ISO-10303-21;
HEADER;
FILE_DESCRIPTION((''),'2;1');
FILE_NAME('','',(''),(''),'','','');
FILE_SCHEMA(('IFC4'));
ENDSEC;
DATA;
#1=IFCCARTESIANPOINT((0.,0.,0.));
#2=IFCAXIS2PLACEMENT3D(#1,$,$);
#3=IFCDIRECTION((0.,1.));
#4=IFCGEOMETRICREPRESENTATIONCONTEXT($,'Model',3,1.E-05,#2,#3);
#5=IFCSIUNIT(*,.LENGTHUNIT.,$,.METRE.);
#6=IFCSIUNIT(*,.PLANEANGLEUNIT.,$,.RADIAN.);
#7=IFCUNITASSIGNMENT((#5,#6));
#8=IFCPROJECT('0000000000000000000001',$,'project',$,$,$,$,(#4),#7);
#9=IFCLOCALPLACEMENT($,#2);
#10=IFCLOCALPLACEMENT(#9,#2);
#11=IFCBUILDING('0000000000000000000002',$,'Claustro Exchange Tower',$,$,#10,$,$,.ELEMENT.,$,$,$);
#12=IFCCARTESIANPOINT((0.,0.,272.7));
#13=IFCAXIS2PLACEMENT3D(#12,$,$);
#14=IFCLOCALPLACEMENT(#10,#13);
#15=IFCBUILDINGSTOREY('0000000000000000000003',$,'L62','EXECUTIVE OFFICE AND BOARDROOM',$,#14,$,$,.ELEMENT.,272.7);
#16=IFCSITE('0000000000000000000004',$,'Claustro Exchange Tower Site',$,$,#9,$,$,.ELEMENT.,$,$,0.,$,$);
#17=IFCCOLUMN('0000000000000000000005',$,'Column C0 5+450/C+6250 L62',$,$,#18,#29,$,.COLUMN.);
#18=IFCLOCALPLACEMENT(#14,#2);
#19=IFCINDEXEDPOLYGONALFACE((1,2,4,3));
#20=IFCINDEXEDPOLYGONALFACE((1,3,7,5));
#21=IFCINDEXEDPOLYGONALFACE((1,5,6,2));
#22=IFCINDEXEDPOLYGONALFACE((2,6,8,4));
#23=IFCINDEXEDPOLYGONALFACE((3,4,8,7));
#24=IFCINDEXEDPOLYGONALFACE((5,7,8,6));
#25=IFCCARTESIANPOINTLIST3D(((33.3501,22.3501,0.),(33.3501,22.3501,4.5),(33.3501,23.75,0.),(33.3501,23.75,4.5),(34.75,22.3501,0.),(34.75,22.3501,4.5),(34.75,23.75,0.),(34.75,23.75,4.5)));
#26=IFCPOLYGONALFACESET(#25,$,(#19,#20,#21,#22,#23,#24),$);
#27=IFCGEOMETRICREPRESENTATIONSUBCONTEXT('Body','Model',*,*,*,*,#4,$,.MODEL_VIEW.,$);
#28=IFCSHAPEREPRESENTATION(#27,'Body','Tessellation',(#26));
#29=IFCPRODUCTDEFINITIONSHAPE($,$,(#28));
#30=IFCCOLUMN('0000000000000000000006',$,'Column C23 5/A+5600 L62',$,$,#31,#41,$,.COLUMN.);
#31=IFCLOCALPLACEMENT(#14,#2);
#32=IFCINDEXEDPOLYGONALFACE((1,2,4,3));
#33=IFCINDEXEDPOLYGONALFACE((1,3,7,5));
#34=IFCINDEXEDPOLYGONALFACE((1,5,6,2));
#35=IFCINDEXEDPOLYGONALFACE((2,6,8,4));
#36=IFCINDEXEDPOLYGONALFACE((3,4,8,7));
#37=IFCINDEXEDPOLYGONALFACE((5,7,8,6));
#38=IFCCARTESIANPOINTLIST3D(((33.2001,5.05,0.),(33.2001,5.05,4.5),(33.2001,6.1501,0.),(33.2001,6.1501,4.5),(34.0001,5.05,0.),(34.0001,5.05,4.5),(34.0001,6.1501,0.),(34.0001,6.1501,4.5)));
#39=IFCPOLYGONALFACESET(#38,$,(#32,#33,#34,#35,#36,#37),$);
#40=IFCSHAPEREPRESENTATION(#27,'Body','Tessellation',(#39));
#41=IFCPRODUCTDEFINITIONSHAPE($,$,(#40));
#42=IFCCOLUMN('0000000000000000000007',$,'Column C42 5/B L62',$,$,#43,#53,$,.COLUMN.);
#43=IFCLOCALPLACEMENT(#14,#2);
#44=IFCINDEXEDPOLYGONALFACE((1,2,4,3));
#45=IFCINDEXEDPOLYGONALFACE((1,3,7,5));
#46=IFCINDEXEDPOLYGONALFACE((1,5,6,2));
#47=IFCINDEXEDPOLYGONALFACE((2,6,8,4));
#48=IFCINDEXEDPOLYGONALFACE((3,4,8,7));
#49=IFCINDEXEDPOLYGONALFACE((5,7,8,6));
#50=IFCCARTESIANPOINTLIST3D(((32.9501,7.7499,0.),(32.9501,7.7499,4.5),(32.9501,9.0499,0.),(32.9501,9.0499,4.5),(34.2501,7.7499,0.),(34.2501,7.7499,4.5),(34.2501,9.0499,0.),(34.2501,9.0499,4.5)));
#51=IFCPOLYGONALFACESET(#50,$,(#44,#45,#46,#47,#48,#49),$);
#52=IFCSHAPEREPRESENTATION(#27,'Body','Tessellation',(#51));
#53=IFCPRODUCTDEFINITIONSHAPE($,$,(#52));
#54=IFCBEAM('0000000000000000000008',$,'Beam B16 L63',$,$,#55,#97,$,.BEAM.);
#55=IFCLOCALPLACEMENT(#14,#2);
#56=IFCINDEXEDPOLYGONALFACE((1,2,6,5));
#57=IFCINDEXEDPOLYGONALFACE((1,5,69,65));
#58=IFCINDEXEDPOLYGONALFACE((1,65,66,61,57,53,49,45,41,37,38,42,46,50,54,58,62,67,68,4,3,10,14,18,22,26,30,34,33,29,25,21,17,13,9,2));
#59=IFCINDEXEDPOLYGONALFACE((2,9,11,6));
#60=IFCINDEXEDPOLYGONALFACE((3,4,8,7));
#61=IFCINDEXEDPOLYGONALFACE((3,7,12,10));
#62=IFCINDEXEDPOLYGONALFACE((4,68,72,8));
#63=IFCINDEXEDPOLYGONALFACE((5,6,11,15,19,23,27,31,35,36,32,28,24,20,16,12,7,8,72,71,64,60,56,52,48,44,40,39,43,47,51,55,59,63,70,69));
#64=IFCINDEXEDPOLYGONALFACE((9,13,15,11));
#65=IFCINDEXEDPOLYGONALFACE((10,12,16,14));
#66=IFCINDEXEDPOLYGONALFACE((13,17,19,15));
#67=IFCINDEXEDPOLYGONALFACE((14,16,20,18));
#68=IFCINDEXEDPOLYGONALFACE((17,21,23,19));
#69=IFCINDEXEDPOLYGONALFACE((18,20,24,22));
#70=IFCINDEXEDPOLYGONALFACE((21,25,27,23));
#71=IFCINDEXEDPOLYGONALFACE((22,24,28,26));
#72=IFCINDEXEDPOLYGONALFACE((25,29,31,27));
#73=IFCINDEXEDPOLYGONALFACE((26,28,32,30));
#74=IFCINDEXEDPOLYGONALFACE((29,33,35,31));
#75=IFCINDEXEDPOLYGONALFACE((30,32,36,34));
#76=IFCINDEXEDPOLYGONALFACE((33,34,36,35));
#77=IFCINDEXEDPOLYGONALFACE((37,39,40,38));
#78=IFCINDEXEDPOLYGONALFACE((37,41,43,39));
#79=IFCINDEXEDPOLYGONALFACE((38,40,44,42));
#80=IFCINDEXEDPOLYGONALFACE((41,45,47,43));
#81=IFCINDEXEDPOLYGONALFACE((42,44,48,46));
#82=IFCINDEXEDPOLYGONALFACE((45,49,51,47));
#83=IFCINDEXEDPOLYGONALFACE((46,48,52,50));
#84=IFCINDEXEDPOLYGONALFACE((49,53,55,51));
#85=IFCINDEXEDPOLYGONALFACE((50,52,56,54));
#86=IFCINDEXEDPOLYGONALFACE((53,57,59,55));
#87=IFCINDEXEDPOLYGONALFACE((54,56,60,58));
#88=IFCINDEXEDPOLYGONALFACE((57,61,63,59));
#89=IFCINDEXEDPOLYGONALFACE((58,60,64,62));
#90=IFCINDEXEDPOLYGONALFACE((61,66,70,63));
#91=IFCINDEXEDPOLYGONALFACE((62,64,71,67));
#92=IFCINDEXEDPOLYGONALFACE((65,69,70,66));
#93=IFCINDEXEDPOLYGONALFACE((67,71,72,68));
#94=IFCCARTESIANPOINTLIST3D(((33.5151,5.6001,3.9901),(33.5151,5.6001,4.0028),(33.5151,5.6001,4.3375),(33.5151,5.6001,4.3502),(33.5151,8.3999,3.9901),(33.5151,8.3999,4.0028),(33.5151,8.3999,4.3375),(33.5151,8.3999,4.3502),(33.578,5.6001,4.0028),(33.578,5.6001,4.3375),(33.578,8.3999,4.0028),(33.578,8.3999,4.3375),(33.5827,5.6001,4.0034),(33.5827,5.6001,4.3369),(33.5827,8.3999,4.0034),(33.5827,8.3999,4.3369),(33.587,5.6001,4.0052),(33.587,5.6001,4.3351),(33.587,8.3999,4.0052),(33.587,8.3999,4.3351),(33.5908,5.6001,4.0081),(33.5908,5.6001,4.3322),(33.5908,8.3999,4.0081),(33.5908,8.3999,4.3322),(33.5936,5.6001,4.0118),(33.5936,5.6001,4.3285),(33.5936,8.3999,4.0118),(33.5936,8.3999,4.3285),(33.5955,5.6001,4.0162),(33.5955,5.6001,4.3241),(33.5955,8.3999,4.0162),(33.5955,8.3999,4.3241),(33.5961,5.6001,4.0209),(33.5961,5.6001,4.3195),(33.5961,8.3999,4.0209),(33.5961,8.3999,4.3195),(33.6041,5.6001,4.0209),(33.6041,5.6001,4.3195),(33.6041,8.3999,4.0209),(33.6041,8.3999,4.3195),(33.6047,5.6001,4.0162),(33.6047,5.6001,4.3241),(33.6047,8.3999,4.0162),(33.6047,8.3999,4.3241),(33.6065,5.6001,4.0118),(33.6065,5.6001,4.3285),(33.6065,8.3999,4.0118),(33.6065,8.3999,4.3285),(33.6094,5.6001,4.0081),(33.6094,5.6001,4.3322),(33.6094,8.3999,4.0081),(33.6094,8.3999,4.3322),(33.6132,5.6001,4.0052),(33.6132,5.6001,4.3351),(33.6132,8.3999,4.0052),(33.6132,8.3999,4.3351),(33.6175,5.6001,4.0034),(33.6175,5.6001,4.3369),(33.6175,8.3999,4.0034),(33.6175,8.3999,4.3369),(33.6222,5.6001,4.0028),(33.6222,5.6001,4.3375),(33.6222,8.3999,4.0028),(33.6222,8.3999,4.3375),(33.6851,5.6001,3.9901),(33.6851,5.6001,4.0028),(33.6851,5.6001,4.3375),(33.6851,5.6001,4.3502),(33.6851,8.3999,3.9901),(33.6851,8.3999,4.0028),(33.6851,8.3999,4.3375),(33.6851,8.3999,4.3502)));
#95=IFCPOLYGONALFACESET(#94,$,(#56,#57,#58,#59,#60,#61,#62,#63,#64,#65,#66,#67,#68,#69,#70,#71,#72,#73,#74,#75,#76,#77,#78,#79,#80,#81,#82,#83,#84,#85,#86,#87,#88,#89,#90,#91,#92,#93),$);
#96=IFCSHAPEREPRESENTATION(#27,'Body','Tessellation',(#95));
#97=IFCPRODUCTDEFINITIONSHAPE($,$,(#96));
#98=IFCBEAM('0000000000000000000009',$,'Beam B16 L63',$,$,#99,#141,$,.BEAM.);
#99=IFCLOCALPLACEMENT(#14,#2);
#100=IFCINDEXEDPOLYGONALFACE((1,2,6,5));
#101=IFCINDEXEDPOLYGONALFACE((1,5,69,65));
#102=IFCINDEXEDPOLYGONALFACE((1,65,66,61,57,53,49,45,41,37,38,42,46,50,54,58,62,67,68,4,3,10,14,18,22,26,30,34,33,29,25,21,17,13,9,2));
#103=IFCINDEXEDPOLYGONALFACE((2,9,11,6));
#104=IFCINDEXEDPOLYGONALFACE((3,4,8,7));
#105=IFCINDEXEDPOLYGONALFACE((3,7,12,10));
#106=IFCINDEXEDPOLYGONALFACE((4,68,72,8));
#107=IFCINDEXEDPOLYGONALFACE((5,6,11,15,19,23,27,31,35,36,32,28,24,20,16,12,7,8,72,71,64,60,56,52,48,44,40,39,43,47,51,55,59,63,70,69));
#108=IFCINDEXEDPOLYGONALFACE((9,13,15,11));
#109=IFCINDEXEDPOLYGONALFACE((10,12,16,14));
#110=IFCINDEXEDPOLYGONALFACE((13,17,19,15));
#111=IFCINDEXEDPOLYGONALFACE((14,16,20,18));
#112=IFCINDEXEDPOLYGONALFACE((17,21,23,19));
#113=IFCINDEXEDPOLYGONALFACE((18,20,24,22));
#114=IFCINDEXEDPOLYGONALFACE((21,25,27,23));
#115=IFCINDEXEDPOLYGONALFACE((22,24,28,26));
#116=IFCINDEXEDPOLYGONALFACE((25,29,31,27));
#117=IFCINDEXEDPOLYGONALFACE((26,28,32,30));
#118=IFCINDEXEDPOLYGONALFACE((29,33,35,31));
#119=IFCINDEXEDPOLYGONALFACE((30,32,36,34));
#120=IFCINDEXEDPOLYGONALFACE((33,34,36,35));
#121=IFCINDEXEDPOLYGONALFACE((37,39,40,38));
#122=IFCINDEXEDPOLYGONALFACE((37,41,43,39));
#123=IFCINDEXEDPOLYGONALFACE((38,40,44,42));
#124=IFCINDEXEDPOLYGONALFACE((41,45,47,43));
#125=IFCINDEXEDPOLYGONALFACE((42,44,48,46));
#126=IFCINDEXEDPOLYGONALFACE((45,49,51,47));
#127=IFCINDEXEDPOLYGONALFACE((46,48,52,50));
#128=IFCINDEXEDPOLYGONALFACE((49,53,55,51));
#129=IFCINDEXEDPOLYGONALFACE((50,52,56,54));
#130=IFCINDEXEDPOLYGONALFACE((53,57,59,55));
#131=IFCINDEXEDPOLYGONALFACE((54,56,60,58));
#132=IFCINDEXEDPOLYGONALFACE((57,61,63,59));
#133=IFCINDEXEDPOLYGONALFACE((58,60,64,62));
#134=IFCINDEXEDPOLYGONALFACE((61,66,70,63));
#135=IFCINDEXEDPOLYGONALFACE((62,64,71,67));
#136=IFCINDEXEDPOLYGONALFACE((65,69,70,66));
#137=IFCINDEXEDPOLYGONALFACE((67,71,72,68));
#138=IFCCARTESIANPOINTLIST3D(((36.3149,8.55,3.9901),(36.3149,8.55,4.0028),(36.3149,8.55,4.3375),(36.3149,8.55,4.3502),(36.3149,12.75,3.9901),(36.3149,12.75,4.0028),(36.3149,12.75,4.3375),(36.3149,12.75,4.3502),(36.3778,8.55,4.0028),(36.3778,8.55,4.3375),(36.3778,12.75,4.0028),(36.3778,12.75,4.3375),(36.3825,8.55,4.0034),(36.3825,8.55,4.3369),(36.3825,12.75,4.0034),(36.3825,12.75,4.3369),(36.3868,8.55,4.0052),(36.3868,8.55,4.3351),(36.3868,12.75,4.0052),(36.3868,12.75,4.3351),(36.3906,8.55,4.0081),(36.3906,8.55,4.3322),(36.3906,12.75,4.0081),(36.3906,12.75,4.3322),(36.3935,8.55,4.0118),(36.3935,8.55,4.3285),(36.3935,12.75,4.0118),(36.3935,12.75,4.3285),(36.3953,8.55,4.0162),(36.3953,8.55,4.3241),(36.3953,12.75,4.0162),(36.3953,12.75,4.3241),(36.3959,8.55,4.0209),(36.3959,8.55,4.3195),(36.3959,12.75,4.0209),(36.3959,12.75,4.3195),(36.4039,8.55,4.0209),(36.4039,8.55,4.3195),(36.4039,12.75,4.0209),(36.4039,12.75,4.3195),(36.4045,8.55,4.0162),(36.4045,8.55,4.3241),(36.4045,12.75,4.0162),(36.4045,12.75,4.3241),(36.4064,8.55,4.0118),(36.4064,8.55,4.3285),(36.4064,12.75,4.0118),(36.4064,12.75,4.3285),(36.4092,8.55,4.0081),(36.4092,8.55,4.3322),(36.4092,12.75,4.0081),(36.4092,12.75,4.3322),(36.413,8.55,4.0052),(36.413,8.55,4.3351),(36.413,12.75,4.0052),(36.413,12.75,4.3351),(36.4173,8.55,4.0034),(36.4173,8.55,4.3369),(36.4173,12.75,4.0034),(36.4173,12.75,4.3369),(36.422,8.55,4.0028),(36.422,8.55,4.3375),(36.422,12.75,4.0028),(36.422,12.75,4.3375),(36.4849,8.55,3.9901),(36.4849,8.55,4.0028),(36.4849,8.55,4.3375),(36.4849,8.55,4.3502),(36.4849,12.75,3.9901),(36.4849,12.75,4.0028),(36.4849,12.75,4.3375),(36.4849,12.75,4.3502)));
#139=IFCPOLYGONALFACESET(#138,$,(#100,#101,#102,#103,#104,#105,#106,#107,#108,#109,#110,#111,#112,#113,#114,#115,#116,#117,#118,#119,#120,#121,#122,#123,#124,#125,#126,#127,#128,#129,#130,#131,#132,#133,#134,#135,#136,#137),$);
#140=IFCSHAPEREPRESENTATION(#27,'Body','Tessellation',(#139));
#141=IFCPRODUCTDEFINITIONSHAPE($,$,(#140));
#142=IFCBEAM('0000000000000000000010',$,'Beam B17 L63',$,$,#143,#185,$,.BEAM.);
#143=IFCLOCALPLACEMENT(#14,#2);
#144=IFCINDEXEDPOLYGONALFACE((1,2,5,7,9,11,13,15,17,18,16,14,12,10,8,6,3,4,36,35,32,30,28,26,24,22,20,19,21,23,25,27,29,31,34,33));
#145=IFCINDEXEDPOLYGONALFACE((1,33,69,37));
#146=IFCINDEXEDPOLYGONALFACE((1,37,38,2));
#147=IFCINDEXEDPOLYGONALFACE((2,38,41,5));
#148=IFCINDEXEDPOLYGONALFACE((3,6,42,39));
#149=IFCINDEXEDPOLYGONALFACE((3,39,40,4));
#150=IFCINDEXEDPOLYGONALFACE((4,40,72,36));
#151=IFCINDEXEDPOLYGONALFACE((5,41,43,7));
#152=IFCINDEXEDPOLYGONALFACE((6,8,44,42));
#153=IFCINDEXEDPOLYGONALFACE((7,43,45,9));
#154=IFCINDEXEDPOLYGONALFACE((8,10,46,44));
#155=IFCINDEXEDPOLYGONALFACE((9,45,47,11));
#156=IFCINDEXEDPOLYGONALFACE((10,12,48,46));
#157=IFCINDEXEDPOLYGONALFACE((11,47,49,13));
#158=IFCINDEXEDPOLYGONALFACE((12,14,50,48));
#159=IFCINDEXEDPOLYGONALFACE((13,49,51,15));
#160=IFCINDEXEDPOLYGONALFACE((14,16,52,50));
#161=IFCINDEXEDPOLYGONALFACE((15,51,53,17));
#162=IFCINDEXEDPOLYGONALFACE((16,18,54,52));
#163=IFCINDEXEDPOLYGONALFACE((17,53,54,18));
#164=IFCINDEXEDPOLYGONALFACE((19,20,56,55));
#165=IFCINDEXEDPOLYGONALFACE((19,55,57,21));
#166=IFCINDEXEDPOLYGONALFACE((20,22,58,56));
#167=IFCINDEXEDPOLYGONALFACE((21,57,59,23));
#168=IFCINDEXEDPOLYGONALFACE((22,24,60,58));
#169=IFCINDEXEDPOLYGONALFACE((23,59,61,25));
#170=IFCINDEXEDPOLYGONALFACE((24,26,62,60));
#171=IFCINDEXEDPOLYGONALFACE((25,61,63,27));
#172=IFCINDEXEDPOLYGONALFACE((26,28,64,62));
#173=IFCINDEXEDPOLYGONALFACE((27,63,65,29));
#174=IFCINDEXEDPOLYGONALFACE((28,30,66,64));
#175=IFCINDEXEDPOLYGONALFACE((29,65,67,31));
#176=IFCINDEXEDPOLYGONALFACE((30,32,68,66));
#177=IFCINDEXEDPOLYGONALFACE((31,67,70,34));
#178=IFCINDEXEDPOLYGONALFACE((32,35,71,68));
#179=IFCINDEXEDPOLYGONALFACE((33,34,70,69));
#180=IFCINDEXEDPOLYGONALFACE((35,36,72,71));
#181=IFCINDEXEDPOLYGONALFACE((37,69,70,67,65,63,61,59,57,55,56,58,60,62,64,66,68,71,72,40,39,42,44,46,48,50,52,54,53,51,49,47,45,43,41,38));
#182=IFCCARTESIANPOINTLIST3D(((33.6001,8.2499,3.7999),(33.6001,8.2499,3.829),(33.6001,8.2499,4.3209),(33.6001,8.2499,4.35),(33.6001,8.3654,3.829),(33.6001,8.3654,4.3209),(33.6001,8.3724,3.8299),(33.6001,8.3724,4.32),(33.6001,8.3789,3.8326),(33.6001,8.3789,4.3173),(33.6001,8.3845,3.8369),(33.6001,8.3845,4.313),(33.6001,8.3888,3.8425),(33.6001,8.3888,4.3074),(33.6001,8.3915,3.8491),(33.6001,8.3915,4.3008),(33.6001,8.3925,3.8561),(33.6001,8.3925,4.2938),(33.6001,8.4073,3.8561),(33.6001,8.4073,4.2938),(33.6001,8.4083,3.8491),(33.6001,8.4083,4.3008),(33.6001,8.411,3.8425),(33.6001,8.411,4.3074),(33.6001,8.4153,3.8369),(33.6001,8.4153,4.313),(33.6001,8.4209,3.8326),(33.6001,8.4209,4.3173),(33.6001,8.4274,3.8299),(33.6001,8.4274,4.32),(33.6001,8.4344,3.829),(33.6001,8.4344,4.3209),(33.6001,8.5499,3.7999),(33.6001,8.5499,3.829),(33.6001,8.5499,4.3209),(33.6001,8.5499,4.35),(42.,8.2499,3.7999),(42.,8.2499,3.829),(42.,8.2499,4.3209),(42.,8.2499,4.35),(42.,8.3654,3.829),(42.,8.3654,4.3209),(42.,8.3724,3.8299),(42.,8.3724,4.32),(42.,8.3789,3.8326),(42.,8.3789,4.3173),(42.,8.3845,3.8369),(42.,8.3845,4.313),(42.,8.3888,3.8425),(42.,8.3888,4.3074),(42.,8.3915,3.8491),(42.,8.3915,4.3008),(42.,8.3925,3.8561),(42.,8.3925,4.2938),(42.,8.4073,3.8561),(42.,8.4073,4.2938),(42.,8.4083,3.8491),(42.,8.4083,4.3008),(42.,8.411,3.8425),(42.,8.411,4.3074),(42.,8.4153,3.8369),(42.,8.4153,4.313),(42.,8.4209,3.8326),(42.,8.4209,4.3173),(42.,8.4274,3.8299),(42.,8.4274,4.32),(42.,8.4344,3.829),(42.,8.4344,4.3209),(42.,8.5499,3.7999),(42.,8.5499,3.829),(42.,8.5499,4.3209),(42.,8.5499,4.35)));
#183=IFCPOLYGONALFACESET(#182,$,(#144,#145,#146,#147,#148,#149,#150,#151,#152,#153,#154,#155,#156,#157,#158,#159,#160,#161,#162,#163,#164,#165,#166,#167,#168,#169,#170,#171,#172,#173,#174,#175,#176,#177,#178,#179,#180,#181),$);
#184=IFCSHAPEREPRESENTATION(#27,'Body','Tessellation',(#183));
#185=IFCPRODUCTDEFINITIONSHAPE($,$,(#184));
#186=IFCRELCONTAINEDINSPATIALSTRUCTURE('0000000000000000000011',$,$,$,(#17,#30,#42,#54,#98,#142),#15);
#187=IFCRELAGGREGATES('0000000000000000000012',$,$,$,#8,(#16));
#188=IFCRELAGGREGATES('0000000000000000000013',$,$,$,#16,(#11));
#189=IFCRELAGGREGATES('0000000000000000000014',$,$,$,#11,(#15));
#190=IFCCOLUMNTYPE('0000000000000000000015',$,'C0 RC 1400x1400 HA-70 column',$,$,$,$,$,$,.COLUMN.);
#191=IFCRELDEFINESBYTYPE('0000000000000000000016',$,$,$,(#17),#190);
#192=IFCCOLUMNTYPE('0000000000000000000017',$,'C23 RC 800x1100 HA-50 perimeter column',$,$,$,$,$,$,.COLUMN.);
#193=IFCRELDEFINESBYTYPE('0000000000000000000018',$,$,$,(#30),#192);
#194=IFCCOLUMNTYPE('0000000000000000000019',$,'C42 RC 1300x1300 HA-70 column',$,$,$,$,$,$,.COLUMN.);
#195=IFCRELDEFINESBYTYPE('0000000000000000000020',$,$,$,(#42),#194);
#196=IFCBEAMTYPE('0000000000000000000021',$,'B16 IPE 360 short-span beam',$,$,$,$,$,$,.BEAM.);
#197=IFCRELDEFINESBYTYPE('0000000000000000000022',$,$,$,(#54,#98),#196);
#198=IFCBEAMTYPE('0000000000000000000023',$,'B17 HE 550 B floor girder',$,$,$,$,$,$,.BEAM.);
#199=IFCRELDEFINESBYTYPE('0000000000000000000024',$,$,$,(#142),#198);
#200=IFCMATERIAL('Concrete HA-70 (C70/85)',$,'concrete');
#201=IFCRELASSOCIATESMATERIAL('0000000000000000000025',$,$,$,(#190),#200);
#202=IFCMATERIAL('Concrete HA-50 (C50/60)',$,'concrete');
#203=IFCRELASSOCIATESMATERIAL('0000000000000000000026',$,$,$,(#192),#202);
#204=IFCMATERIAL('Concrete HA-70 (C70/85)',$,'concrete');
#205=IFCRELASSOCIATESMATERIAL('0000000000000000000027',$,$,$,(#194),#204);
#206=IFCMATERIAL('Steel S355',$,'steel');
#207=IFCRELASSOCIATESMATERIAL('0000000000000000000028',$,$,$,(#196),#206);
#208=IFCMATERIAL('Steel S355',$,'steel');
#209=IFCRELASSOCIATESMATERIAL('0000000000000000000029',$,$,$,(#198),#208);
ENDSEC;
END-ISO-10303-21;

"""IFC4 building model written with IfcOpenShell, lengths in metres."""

from ifc_helpers import new_model, si_unit, direction, frame, origin, origin_2d, place, context, subcontext, project, spatial, rectangle, i_section, extrude, material, material_profile, profile_set, type_object, element, save


model = new_model("IFC4")

# Units and contexts
model_context = context("Model", 3, precision=1e-05, world=origin(), true_north=direction((0.0, 1.0)))
body_context = subcontext(model_context, "Body", "Model", "MODEL_VIEW")
ifc_project = project(units=[si_unit("LENGTHUNIT", "METRE"), si_unit("PLANEANGLEUNIT", "RADIAN")], contexts=[model_context])

# Site, building, storey
site_placement = place(None, origin())
site = spatial("IfcSite", under=ifc_project, at=site_placement, Name="Claustro Exchange Tower Site", CompositionType="ELEMENT", RefElevation=0.0)
building_placement = place(site_placement, origin())
building = spatial("IfcBuilding", under=site, at=building_placement, Name="Claustro Exchange Tower", CompositionType="ELEMENT")
storey_placement = place(building_placement, frame((0.0, 0.0, 272.7)))
storey = spatial("IfcBuildingStorey", under=building, at=storey_placement, Name="L62", Description="EXECUTIVE OFFICE AND BOARDROOM", CompositionType="ELEMENT", Elevation=272.7)

# Columns
ifc_material_1 = material(Name="Concrete HA-70 (C70/85)", Category="concrete")
ifc_material_profile_1 = material_profile(ifc_material_1, rectangle(XDim=1.3999, YDim=1.3999, at=origin_2d()), Name="RC 1400x1400")
ifc_profile_set_1 = profile_set([ifc_material_profile_1], Name="Concrete HA-70 (C70/85)")
column_type_1 = type_object("IfcColumnType", Name="C0 RC 1400x1400 HA-70 column", PredefinedType="COLUMN", material=ifc_profile_set_1)
column_1_placement = place(storey_placement, frame((34.05, 23.05, 0.0), z_axis=(0.0, 0.0, 1.0), x_axis=(1.0, 0.0, 0.0)))
element("IfcColumn", 1, at=column_1_placement, inside=storey, type_object=column_type_1, Name="Column C0 5+450/C+6250 L62", PredefinedType="COLUMN", context=body_context, shape_type="SweptSolid", body=[
    extrude(rectangle(XDim=1.3999, YDim=1.3999, at=origin_2d()), origin(), (0.0, 0.0, 1.0), 4.5),
])
ifc_material_2 = material(Name="Concrete HA-50 (C50/60)", Category="concrete")
ifc_material_profile_2 = material_profile(ifc_material_2, rectangle(XDim=0.8, YDim=1.1001, at=origin_2d()), Name="RC 800x1100")
ifc_profile_set_2 = profile_set([ifc_material_profile_2], Name="Concrete HA-50 (C50/60)")
column_type_2 = type_object("IfcColumnType", Name="C23 RC 800x1100 HA-50 perimeter column", PredefinedType="COLUMN", material=ifc_profile_set_2)
column_2_placement = place(storey_placement, frame((33.6001, 5.6001, 0.0), z_axis=(0.0, 0.0, 1.0), x_axis=(1.0, 0.0, 0.0)))
element("IfcColumn", 2, at=column_2_placement, inside=storey, type_object=column_type_2, Name="Column C23 5/A+5600 L62", PredefinedType="COLUMN", context=body_context, shape_type="SweptSolid", body=[
    extrude(rectangle(XDim=0.8, YDim=1.1001, at=origin_2d()), origin(), (0.0, 0.0, 1.0), 4.5),
])
ifc_material_3 = material(Name="Concrete HA-70 (C70/85)", Category="concrete")
ifc_material_profile_3 = material_profile(ifc_material_3, rectangle(XDim=1.3, YDim=1.3, at=origin_2d()), Name="RC 1300x1300")
ifc_profile_set_3 = profile_set([ifc_material_profile_3], Name="Concrete HA-70 (C70/85)")
column_type_3 = type_object("IfcColumnType", Name="C42 RC 1300x1300 HA-70 column", PredefinedType="COLUMN", material=ifc_profile_set_3)
column_3_placement = place(storey_placement, frame((33.6001, 8.3999, 0.0), z_axis=(0.0, 0.0, 1.0), x_axis=(1.0, 0.0, 0.0)))
element("IfcColumn", 3, at=column_3_placement, inside=storey, type_object=column_type_3, Name="Column C42 5/B L62", PredefinedType="COLUMN", context=body_context, shape_type="SweptSolid", body=[
    extrude(rectangle(XDim=1.3, YDim=1.3, at=origin_2d()), origin(), (0.0, 0.0, 1.0), 4.5),
])

# Beams
ifc_material_4 = material(Name="Steel S355", Category="steel")
ifc_material_profile_4 = material_profile(ifc_material_4, i_section(OverallWidth=0.1699, OverallDepth=0.3601, WebThickness=0.0081, FlangeThickness=0.0127, FilletRadius=0.0181, at=origin_2d()), Name="IPE 360")
ifc_profile_set_4 = profile_set([ifc_material_profile_4], Name="Steel S355")
beam_type_1 = type_object("IfcBeamType", Name="B16 IPE 360 short-span beam", PredefinedType="BEAM", material=ifc_profile_set_4)
beam_1_placement = place(storey_placement, frame((33.6001, 5.6001, 4.1702), z_axis=(0.0, 1.0, 0.0), x_axis=(-1.0, 0.0, 0.0)))
element("IfcBeam", 4, at=beam_1_placement, inside=storey, type_object=beam_type_1, Name="Beam B16 L63", PredefinedType="BEAM", context=body_context, shape_type="SweptSolid", body=[
    extrude(i_section(OverallWidth=0.1699, OverallDepth=0.3601, WebThickness=0.0081, FlangeThickness=0.0127, FilletRadius=0.0181, at=origin_2d()), origin(), (0.0, 0.0, 1.0), 2.7998),
])
beam_2_placement = place(storey_placement, frame((36.3999, 8.55, 4.1702), z_axis=(0.0, 1.0, 0.0), x_axis=(-1.0, 0.0, 0.0)))
element("IfcBeam", 5, at=beam_2_placement, inside=storey, type_object=beam_type_1, Name="Beam B16 L63", PredefinedType="BEAM", context=body_context, shape_type="SweptSolid", body=[
    extrude(i_section(OverallWidth=0.1699, OverallDepth=0.3601, WebThickness=0.0081, FlangeThickness=0.0127, FilletRadius=0.0181, at=origin_2d()), origin(), (0.0, 0.0, 1.0), 4.2),
])
ifc_material_5 = material(Name="Steel S355", Category="steel")
ifc_material_profile_5 = material_profile(ifc_material_5, i_section(OverallWidth=0.3, OverallDepth=0.55, WebThickness=0.0149, FlangeThickness=0.0291, FilletRadius=0.0271, at=origin_2d()), Name="HE 550 B")
ifc_profile_set_5 = profile_set([ifc_material_profile_5], Name="Steel S355")
beam_type_2 = type_object("IfcBeamType", Name="B17 HE 550 B floor girder", PredefinedType="BEAM", material=ifc_profile_set_5)
beam_3_placement = place(storey_placement, frame((33.6001, 8.3999, 4.075), z_axis=(1.0, 0.0, 0.0), x_axis=(0.0, 1.0, 0.0)))
element("IfcBeam", 6, at=beam_3_placement, inside=storey, type_object=beam_type_2, Name="Beam B17 L63", PredefinedType="BEAM", context=body_context, shape_type="SweptSolid", body=[
    extrude(i_section(OverallWidth=0.3, OverallDepth=0.55, WebThickness=0.0149, FlangeThickness=0.0291, FilletRadius=0.0271, at=origin_2d()), origin(), (0.0, 0.0, 1.0), 8.3999),
])

save(model, "model.ifc")
